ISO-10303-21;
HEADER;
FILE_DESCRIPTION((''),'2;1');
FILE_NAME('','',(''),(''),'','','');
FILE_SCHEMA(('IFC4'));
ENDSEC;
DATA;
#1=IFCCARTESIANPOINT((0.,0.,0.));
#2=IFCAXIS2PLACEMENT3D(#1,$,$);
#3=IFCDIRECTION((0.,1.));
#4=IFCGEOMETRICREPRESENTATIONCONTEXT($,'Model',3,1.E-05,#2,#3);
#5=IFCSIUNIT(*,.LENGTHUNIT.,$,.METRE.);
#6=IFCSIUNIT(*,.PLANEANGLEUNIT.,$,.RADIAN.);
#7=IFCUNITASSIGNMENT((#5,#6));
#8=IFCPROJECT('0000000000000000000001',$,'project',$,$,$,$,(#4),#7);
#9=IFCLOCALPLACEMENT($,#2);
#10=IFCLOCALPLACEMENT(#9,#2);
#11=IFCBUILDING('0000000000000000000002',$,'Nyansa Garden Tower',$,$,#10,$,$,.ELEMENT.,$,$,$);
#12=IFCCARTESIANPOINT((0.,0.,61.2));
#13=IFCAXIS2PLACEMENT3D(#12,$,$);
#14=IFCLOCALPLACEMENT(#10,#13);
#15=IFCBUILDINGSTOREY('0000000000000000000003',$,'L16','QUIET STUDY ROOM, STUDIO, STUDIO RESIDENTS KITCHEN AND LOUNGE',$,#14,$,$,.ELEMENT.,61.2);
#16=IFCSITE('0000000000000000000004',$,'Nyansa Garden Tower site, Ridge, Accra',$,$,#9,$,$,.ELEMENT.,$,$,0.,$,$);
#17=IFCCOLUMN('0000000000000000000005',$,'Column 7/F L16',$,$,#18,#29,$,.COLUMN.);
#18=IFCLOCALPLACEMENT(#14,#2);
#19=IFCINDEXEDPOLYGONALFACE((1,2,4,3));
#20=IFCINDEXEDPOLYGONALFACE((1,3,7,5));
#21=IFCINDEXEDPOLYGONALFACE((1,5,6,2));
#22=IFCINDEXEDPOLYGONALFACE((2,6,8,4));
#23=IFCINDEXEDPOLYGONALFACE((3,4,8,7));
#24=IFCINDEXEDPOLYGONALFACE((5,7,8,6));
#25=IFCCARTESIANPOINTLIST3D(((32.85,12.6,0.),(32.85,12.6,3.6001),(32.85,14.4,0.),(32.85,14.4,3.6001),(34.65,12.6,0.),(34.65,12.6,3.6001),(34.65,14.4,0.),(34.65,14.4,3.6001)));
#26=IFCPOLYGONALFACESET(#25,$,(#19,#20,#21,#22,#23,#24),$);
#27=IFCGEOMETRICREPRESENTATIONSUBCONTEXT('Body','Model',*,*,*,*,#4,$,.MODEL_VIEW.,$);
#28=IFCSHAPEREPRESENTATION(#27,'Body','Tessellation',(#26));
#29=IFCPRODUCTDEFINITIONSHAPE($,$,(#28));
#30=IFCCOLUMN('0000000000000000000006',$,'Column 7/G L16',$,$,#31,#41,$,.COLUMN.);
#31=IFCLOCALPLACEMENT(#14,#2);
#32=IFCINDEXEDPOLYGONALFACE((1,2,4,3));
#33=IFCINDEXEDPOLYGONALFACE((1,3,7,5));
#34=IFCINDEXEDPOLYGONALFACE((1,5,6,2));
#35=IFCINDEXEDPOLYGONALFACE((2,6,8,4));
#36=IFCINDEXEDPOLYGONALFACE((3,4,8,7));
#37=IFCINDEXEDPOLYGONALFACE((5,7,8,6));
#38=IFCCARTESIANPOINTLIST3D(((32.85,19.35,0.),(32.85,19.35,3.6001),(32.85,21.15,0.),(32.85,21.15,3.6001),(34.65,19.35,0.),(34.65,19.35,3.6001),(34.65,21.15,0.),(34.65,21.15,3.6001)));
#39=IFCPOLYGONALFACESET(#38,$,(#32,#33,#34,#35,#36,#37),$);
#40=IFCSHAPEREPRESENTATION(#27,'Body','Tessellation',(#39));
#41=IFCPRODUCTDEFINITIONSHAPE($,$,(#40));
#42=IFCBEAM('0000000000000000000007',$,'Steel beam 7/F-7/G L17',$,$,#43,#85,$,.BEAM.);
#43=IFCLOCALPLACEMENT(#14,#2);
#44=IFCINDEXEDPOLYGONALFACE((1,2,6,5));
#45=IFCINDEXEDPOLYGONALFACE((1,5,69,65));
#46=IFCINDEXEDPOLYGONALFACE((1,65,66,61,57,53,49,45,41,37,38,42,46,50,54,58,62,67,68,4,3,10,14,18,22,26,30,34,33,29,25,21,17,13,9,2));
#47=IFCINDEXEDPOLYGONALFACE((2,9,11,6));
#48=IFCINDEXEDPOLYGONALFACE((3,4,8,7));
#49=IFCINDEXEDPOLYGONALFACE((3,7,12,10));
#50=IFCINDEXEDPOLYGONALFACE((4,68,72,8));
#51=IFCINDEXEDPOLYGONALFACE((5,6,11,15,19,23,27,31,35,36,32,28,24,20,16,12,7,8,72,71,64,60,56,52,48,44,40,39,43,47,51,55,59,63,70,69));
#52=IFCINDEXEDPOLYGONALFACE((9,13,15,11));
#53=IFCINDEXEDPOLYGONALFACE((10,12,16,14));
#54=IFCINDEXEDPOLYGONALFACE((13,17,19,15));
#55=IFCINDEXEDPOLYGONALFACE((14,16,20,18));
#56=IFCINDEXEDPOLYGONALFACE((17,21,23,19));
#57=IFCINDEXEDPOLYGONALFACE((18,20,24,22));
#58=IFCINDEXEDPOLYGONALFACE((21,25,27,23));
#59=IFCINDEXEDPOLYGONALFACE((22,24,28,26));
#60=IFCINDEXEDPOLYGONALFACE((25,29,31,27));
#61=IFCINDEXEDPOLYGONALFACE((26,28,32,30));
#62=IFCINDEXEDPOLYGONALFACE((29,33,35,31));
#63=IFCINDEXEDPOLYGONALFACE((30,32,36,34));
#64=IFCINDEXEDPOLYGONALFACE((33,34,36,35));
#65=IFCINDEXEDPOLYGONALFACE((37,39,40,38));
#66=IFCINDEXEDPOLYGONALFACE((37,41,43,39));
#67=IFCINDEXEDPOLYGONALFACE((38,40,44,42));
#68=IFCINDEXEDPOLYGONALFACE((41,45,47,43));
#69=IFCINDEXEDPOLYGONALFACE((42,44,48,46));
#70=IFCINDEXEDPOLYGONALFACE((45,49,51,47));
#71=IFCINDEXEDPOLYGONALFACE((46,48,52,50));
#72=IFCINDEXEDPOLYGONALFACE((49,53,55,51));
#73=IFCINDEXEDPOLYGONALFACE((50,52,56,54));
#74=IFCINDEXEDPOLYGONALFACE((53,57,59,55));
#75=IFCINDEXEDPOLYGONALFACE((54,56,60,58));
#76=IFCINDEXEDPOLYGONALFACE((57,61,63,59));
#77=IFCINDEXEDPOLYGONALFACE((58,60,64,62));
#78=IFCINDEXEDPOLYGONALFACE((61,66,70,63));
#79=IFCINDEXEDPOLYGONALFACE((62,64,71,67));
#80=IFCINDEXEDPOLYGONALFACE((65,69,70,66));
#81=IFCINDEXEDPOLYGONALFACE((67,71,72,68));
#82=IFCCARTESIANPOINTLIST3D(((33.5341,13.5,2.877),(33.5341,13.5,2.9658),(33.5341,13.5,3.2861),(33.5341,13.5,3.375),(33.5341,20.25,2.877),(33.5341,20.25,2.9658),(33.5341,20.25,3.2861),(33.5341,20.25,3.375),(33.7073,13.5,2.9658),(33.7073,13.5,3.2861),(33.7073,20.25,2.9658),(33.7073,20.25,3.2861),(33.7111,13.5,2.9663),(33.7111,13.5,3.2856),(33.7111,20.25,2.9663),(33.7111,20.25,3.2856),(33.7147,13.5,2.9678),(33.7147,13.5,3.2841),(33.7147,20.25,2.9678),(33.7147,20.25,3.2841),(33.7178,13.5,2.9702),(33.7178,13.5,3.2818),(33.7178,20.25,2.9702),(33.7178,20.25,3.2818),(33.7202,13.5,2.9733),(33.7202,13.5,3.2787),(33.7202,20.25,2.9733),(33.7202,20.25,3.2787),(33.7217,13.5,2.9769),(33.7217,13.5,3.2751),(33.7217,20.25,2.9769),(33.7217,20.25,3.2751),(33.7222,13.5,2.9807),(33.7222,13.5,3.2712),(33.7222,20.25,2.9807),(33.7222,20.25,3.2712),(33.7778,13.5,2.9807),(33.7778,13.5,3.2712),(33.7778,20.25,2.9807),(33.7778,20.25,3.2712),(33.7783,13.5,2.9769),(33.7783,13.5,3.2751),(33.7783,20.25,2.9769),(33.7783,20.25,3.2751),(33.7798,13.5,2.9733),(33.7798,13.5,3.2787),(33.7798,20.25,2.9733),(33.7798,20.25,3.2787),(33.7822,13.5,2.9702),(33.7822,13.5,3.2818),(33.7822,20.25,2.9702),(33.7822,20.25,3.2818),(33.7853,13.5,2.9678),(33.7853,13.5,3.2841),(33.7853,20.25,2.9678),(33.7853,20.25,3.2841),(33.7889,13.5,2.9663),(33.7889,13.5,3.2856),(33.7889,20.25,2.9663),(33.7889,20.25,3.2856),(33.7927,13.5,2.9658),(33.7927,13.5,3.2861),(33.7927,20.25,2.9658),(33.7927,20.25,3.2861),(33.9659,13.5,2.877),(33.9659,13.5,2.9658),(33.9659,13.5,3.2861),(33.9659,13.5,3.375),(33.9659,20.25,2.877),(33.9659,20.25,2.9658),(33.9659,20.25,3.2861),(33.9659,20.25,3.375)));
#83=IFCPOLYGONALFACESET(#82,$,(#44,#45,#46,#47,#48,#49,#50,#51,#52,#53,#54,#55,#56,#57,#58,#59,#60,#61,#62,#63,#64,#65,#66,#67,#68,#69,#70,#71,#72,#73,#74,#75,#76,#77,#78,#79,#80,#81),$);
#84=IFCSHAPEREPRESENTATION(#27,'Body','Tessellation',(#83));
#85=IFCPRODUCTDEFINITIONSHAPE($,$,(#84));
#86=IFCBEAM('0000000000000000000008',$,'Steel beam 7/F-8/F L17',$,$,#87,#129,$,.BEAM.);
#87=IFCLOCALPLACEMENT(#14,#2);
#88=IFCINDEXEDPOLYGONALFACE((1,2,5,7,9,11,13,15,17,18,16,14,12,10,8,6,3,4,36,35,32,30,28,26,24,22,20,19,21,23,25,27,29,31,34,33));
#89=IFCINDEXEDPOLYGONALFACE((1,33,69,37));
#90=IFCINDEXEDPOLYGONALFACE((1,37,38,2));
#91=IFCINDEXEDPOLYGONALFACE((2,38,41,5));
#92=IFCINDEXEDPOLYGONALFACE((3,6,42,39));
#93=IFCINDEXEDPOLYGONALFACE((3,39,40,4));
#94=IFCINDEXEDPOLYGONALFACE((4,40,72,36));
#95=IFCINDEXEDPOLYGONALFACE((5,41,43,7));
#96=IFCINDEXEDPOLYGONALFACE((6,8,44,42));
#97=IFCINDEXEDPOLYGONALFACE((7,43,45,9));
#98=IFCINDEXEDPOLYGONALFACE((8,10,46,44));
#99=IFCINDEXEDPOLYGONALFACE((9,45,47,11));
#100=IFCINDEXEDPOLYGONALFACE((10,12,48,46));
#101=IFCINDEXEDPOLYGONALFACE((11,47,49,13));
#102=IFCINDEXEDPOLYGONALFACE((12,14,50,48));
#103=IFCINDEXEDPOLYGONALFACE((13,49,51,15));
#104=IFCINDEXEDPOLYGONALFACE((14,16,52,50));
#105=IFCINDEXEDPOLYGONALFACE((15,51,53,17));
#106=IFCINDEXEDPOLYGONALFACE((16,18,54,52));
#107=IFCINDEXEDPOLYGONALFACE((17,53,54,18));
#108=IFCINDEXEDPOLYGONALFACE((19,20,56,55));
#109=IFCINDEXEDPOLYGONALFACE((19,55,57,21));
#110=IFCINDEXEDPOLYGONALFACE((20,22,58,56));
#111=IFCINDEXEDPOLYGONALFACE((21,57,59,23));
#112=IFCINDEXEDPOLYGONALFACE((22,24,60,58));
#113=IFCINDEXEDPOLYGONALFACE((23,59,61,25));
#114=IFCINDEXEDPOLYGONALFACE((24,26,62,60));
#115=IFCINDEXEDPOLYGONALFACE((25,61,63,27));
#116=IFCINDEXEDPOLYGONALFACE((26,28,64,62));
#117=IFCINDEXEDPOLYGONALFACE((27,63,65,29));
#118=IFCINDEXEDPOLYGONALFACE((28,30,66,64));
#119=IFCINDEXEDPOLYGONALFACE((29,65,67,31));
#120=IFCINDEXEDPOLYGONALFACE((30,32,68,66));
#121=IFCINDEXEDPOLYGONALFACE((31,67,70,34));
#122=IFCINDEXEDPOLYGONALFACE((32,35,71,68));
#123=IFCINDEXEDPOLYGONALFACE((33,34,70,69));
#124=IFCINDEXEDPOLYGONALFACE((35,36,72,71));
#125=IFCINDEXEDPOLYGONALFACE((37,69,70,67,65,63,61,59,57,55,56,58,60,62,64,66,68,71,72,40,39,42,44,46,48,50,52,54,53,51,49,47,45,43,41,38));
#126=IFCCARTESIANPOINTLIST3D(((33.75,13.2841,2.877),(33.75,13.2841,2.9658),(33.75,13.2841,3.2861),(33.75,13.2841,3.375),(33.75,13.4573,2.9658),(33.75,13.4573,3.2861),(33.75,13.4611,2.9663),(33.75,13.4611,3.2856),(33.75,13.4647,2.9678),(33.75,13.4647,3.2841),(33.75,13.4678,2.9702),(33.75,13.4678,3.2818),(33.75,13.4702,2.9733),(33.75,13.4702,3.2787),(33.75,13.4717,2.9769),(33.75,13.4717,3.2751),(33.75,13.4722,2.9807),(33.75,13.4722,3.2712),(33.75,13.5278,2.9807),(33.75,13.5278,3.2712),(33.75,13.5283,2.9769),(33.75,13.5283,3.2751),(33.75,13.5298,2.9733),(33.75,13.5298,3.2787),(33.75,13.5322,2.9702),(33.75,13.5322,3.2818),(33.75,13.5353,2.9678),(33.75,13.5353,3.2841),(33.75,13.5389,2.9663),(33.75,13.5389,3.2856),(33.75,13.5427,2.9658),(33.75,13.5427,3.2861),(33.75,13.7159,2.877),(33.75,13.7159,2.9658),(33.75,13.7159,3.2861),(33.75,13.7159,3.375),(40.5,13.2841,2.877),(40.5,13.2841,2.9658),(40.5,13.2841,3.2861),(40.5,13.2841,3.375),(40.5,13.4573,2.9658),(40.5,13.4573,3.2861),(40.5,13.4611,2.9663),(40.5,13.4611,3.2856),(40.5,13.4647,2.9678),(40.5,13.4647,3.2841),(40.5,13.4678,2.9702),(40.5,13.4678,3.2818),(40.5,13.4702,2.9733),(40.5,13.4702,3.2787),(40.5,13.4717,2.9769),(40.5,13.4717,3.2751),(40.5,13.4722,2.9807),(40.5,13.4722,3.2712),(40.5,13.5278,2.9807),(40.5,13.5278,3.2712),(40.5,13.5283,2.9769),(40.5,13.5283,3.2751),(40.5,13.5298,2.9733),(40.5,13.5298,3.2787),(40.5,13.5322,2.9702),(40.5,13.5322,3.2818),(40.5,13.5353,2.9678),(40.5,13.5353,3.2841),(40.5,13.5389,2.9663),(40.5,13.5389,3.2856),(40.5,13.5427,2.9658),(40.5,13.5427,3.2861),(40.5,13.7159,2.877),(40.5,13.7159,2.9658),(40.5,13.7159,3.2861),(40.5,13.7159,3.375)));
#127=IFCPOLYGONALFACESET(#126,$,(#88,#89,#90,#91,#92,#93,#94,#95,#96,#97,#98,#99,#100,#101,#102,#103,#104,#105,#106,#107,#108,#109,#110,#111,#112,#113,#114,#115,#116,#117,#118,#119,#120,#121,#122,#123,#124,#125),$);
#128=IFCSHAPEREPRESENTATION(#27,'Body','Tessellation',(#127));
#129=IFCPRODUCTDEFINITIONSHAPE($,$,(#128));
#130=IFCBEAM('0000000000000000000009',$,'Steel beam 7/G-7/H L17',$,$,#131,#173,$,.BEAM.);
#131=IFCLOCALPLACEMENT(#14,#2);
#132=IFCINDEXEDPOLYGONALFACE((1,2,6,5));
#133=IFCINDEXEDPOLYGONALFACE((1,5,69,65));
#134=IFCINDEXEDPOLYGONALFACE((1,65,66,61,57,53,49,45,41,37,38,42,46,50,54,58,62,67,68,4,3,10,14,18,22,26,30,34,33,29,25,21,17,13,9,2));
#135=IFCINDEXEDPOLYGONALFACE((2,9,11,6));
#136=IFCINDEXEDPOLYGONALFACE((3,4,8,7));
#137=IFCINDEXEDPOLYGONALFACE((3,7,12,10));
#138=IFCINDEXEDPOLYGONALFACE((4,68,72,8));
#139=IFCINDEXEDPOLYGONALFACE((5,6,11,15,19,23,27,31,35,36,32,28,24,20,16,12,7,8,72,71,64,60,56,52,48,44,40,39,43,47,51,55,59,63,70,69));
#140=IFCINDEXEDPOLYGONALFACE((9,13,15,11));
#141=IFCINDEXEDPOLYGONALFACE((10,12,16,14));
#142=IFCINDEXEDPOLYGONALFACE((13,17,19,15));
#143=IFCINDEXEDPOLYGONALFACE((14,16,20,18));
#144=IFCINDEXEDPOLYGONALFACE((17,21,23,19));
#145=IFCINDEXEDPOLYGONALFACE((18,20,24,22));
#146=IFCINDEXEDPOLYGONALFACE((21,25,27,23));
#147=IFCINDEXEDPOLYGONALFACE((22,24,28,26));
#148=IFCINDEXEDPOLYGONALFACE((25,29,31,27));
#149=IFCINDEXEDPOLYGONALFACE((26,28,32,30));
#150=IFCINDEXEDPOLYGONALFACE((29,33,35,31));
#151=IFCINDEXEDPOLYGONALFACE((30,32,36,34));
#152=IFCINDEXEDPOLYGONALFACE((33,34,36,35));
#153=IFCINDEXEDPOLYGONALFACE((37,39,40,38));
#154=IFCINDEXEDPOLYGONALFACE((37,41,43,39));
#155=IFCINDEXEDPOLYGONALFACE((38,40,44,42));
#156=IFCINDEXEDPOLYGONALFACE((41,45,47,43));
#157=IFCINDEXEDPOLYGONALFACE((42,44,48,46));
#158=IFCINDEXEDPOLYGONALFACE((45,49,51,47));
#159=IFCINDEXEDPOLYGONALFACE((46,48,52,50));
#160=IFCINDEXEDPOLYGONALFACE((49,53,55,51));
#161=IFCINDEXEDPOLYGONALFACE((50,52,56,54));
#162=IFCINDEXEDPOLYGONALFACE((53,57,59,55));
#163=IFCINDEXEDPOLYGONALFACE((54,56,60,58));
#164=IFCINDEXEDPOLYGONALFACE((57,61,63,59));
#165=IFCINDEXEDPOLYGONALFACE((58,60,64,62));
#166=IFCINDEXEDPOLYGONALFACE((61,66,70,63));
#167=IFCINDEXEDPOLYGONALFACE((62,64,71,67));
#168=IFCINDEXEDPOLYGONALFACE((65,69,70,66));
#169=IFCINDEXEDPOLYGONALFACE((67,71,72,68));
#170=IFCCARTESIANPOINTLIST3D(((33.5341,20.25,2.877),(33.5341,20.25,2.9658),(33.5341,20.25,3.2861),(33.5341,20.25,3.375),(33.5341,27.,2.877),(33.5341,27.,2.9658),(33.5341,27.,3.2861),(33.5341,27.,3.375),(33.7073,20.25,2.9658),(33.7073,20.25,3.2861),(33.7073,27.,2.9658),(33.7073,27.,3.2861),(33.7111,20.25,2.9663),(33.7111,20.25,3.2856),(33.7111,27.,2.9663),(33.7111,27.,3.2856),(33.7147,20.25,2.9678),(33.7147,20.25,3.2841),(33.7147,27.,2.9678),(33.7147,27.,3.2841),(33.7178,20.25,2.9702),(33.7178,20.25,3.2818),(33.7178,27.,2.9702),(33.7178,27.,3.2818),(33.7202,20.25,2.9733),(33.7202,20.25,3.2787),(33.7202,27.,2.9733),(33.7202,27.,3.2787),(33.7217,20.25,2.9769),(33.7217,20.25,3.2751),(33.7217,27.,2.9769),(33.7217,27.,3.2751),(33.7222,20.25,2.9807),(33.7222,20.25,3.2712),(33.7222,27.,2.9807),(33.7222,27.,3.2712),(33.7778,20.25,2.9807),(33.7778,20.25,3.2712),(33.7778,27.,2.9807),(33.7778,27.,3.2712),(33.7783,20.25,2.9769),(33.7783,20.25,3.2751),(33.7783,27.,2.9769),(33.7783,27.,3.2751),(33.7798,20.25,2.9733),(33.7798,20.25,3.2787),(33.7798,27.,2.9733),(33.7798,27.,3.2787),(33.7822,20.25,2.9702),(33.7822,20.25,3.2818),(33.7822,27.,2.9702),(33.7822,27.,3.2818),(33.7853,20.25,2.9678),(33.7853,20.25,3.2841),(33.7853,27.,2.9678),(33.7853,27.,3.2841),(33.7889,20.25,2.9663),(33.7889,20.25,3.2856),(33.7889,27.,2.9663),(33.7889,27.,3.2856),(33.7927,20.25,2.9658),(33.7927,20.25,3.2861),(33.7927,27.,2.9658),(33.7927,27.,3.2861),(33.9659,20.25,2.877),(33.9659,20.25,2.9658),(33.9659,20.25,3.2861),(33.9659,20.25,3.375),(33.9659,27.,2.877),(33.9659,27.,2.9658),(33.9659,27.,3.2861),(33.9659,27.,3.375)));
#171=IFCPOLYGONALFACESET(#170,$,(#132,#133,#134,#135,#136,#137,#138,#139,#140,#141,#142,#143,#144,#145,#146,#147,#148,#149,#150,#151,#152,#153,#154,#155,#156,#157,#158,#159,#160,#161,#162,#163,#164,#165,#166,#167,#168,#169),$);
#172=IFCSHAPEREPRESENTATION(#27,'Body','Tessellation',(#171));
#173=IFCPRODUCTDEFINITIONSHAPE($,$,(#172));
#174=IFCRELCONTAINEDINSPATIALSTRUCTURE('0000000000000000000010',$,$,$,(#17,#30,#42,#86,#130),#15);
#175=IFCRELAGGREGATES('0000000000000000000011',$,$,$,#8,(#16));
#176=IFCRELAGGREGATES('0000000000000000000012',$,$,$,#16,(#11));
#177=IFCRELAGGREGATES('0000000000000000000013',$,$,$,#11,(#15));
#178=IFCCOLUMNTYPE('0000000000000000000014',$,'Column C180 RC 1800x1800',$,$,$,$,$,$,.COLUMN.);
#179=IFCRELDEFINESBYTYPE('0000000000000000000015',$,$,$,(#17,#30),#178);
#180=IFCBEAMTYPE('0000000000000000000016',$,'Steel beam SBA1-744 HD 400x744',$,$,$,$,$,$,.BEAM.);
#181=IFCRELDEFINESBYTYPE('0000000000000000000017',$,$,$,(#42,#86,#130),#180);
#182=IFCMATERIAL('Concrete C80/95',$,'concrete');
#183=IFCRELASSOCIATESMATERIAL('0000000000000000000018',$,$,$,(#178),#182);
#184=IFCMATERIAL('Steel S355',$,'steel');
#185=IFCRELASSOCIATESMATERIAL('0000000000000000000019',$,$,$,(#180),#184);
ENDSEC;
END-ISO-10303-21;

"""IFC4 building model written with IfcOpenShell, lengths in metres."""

from ifc_helpers import new_model, si_unit, direction, frame, origin, origin_2d, place, context, subcontext, project, spatial, rectangle, i_section, extrude, material, material_profile, profile_set, type_object, element, save


model = new_model("IFC4")

# Units and contexts
model_context = context("Model", 3, precision=1e-05, world=origin(), true_north=direction((0.0, 1.0)))
body_context = subcontext(model_context, "Body", "Model", "MODEL_VIEW")
ifc_project = project(units=[si_unit("LENGTHUNIT", "METRE"), si_unit("PLANEANGLEUNIT", "RADIAN")], contexts=[model_context])

# Site, building, storey
site_placement = place(None, origin())
site = spatial("IfcSite", under=ifc_project, at=site_placement, Name="Nyansa Garden Tower site, Ridge, Accra", CompositionType="ELEMENT", RefElevation=0.0)
building_placement = place(site_placement, origin())
building = spatial("IfcBuilding", under=site, at=building_placement, Name="Nyansa Garden Tower", CompositionType="ELEMENT")
storey_placement = place(building_placement, frame((0.0, 0.0, 61.2)))
storey = spatial("IfcBuildingStorey", under=building, at=storey_placement, Name="L16", Description="QUIET STUDY ROOM, STUDIO, STUDIO RESIDENTS KITCHEN AND LOUNGE", CompositionType="ELEMENT", Elevation=61.2)

# Columns
ifc_material_1 = material(Name="Concrete C80/95", Category="concrete")
ifc_material_profile_1 = material_profile(ifc_material_1, rectangle(XDim=1.8, YDim=1.8, at=origin_2d()), Name="RC 1800x1800")
ifc_profile_set_1 = profile_set([ifc_material_profile_1], Name="Concrete C80/95")
column_type = type_object("IfcColumnType", Name="Column C180 RC 1800x1800", PredefinedType="COLUMN", material=ifc_profile_set_1)
for number, where, z_axis, x_axis, name in (
    (1, (33.75, 13.5, 0.0), (0.0, 0.0, 1.0), (1.0, 0.0, 0.0), "Column 7/F L16"),
    (2, (33.75, 20.25, 0.0), (0.0, 0.0, 1.0), (1.0, 0.0, 0.0), "Column 7/G L16"),
):
    element("IfcColumn", number, at=place(storey_placement, frame(where, z_axis=z_axis, x_axis=x_axis)), inside=storey, type_object=column_type, Name=name, PredefinedType="COLUMN", context=body_context, shape_type="SweptSolid", body=[
        extrude(rectangle(XDim=1.8, YDim=1.8, at=origin_2d()), origin(), (0.0, 0.0, 1.0), 3.6001),
    ])

# Beams
ifc_material_2 = material(Name="Steel S355", Category="steel")
ifc_material_profile_2 = material_profile(ifc_material_2, i_section(OverallWidth=0.4319, OverallDepth=0.498, WebThickness=0.0557, FlangeThickness=0.0889, FilletRadius=0.0149, at=origin_2d()), Name="HD 400x744")
ifc_profile_set_2 = profile_set([ifc_material_profile_2], Name="Steel S355")
beam_type_1 = type_object("IfcBeamType", Name="Steel beam SBA1-744 HD 400x744", PredefinedType="BEAM", material=ifc_profile_set_2)
for number, where, z_axis, x_axis, name in (
    (3, (33.75, 13.5, 3.126), (0.0, 1.0, 0.0), (-1.0, 0.0, 0.0), "Steel beam 7/F-7/G L17"),
    (4, (33.75, 13.5, 3.126), (1.0, 0.0, 0.0), (0.0, 1.0, 0.0), "Steel beam 7/F-8/F L17"),
    (5, (33.75, 20.25, 3.126), (0.0, 1.0, 0.0), (-1.0, 0.0, 0.0), "Steel beam 7/G-7/H L17"),
):
    element("IfcBeam", number, at=place(storey_placement, frame(where, z_axis=z_axis, x_axis=x_axis)), inside=storey, type_object=beam_type_1, Name=name, PredefinedType="BEAM", context=body_context, shape_type="SweptSolid", body=[
        extrude(i_section(OverallWidth=0.4319, OverallDepth=0.498, WebThickness=0.0557, FlangeThickness=0.0889, FilletRadius=0.0149, at=origin_2d()), origin(), (0.0, 0.0, 1.0), 6.75),
    ])

save(model, "model.ifc")
